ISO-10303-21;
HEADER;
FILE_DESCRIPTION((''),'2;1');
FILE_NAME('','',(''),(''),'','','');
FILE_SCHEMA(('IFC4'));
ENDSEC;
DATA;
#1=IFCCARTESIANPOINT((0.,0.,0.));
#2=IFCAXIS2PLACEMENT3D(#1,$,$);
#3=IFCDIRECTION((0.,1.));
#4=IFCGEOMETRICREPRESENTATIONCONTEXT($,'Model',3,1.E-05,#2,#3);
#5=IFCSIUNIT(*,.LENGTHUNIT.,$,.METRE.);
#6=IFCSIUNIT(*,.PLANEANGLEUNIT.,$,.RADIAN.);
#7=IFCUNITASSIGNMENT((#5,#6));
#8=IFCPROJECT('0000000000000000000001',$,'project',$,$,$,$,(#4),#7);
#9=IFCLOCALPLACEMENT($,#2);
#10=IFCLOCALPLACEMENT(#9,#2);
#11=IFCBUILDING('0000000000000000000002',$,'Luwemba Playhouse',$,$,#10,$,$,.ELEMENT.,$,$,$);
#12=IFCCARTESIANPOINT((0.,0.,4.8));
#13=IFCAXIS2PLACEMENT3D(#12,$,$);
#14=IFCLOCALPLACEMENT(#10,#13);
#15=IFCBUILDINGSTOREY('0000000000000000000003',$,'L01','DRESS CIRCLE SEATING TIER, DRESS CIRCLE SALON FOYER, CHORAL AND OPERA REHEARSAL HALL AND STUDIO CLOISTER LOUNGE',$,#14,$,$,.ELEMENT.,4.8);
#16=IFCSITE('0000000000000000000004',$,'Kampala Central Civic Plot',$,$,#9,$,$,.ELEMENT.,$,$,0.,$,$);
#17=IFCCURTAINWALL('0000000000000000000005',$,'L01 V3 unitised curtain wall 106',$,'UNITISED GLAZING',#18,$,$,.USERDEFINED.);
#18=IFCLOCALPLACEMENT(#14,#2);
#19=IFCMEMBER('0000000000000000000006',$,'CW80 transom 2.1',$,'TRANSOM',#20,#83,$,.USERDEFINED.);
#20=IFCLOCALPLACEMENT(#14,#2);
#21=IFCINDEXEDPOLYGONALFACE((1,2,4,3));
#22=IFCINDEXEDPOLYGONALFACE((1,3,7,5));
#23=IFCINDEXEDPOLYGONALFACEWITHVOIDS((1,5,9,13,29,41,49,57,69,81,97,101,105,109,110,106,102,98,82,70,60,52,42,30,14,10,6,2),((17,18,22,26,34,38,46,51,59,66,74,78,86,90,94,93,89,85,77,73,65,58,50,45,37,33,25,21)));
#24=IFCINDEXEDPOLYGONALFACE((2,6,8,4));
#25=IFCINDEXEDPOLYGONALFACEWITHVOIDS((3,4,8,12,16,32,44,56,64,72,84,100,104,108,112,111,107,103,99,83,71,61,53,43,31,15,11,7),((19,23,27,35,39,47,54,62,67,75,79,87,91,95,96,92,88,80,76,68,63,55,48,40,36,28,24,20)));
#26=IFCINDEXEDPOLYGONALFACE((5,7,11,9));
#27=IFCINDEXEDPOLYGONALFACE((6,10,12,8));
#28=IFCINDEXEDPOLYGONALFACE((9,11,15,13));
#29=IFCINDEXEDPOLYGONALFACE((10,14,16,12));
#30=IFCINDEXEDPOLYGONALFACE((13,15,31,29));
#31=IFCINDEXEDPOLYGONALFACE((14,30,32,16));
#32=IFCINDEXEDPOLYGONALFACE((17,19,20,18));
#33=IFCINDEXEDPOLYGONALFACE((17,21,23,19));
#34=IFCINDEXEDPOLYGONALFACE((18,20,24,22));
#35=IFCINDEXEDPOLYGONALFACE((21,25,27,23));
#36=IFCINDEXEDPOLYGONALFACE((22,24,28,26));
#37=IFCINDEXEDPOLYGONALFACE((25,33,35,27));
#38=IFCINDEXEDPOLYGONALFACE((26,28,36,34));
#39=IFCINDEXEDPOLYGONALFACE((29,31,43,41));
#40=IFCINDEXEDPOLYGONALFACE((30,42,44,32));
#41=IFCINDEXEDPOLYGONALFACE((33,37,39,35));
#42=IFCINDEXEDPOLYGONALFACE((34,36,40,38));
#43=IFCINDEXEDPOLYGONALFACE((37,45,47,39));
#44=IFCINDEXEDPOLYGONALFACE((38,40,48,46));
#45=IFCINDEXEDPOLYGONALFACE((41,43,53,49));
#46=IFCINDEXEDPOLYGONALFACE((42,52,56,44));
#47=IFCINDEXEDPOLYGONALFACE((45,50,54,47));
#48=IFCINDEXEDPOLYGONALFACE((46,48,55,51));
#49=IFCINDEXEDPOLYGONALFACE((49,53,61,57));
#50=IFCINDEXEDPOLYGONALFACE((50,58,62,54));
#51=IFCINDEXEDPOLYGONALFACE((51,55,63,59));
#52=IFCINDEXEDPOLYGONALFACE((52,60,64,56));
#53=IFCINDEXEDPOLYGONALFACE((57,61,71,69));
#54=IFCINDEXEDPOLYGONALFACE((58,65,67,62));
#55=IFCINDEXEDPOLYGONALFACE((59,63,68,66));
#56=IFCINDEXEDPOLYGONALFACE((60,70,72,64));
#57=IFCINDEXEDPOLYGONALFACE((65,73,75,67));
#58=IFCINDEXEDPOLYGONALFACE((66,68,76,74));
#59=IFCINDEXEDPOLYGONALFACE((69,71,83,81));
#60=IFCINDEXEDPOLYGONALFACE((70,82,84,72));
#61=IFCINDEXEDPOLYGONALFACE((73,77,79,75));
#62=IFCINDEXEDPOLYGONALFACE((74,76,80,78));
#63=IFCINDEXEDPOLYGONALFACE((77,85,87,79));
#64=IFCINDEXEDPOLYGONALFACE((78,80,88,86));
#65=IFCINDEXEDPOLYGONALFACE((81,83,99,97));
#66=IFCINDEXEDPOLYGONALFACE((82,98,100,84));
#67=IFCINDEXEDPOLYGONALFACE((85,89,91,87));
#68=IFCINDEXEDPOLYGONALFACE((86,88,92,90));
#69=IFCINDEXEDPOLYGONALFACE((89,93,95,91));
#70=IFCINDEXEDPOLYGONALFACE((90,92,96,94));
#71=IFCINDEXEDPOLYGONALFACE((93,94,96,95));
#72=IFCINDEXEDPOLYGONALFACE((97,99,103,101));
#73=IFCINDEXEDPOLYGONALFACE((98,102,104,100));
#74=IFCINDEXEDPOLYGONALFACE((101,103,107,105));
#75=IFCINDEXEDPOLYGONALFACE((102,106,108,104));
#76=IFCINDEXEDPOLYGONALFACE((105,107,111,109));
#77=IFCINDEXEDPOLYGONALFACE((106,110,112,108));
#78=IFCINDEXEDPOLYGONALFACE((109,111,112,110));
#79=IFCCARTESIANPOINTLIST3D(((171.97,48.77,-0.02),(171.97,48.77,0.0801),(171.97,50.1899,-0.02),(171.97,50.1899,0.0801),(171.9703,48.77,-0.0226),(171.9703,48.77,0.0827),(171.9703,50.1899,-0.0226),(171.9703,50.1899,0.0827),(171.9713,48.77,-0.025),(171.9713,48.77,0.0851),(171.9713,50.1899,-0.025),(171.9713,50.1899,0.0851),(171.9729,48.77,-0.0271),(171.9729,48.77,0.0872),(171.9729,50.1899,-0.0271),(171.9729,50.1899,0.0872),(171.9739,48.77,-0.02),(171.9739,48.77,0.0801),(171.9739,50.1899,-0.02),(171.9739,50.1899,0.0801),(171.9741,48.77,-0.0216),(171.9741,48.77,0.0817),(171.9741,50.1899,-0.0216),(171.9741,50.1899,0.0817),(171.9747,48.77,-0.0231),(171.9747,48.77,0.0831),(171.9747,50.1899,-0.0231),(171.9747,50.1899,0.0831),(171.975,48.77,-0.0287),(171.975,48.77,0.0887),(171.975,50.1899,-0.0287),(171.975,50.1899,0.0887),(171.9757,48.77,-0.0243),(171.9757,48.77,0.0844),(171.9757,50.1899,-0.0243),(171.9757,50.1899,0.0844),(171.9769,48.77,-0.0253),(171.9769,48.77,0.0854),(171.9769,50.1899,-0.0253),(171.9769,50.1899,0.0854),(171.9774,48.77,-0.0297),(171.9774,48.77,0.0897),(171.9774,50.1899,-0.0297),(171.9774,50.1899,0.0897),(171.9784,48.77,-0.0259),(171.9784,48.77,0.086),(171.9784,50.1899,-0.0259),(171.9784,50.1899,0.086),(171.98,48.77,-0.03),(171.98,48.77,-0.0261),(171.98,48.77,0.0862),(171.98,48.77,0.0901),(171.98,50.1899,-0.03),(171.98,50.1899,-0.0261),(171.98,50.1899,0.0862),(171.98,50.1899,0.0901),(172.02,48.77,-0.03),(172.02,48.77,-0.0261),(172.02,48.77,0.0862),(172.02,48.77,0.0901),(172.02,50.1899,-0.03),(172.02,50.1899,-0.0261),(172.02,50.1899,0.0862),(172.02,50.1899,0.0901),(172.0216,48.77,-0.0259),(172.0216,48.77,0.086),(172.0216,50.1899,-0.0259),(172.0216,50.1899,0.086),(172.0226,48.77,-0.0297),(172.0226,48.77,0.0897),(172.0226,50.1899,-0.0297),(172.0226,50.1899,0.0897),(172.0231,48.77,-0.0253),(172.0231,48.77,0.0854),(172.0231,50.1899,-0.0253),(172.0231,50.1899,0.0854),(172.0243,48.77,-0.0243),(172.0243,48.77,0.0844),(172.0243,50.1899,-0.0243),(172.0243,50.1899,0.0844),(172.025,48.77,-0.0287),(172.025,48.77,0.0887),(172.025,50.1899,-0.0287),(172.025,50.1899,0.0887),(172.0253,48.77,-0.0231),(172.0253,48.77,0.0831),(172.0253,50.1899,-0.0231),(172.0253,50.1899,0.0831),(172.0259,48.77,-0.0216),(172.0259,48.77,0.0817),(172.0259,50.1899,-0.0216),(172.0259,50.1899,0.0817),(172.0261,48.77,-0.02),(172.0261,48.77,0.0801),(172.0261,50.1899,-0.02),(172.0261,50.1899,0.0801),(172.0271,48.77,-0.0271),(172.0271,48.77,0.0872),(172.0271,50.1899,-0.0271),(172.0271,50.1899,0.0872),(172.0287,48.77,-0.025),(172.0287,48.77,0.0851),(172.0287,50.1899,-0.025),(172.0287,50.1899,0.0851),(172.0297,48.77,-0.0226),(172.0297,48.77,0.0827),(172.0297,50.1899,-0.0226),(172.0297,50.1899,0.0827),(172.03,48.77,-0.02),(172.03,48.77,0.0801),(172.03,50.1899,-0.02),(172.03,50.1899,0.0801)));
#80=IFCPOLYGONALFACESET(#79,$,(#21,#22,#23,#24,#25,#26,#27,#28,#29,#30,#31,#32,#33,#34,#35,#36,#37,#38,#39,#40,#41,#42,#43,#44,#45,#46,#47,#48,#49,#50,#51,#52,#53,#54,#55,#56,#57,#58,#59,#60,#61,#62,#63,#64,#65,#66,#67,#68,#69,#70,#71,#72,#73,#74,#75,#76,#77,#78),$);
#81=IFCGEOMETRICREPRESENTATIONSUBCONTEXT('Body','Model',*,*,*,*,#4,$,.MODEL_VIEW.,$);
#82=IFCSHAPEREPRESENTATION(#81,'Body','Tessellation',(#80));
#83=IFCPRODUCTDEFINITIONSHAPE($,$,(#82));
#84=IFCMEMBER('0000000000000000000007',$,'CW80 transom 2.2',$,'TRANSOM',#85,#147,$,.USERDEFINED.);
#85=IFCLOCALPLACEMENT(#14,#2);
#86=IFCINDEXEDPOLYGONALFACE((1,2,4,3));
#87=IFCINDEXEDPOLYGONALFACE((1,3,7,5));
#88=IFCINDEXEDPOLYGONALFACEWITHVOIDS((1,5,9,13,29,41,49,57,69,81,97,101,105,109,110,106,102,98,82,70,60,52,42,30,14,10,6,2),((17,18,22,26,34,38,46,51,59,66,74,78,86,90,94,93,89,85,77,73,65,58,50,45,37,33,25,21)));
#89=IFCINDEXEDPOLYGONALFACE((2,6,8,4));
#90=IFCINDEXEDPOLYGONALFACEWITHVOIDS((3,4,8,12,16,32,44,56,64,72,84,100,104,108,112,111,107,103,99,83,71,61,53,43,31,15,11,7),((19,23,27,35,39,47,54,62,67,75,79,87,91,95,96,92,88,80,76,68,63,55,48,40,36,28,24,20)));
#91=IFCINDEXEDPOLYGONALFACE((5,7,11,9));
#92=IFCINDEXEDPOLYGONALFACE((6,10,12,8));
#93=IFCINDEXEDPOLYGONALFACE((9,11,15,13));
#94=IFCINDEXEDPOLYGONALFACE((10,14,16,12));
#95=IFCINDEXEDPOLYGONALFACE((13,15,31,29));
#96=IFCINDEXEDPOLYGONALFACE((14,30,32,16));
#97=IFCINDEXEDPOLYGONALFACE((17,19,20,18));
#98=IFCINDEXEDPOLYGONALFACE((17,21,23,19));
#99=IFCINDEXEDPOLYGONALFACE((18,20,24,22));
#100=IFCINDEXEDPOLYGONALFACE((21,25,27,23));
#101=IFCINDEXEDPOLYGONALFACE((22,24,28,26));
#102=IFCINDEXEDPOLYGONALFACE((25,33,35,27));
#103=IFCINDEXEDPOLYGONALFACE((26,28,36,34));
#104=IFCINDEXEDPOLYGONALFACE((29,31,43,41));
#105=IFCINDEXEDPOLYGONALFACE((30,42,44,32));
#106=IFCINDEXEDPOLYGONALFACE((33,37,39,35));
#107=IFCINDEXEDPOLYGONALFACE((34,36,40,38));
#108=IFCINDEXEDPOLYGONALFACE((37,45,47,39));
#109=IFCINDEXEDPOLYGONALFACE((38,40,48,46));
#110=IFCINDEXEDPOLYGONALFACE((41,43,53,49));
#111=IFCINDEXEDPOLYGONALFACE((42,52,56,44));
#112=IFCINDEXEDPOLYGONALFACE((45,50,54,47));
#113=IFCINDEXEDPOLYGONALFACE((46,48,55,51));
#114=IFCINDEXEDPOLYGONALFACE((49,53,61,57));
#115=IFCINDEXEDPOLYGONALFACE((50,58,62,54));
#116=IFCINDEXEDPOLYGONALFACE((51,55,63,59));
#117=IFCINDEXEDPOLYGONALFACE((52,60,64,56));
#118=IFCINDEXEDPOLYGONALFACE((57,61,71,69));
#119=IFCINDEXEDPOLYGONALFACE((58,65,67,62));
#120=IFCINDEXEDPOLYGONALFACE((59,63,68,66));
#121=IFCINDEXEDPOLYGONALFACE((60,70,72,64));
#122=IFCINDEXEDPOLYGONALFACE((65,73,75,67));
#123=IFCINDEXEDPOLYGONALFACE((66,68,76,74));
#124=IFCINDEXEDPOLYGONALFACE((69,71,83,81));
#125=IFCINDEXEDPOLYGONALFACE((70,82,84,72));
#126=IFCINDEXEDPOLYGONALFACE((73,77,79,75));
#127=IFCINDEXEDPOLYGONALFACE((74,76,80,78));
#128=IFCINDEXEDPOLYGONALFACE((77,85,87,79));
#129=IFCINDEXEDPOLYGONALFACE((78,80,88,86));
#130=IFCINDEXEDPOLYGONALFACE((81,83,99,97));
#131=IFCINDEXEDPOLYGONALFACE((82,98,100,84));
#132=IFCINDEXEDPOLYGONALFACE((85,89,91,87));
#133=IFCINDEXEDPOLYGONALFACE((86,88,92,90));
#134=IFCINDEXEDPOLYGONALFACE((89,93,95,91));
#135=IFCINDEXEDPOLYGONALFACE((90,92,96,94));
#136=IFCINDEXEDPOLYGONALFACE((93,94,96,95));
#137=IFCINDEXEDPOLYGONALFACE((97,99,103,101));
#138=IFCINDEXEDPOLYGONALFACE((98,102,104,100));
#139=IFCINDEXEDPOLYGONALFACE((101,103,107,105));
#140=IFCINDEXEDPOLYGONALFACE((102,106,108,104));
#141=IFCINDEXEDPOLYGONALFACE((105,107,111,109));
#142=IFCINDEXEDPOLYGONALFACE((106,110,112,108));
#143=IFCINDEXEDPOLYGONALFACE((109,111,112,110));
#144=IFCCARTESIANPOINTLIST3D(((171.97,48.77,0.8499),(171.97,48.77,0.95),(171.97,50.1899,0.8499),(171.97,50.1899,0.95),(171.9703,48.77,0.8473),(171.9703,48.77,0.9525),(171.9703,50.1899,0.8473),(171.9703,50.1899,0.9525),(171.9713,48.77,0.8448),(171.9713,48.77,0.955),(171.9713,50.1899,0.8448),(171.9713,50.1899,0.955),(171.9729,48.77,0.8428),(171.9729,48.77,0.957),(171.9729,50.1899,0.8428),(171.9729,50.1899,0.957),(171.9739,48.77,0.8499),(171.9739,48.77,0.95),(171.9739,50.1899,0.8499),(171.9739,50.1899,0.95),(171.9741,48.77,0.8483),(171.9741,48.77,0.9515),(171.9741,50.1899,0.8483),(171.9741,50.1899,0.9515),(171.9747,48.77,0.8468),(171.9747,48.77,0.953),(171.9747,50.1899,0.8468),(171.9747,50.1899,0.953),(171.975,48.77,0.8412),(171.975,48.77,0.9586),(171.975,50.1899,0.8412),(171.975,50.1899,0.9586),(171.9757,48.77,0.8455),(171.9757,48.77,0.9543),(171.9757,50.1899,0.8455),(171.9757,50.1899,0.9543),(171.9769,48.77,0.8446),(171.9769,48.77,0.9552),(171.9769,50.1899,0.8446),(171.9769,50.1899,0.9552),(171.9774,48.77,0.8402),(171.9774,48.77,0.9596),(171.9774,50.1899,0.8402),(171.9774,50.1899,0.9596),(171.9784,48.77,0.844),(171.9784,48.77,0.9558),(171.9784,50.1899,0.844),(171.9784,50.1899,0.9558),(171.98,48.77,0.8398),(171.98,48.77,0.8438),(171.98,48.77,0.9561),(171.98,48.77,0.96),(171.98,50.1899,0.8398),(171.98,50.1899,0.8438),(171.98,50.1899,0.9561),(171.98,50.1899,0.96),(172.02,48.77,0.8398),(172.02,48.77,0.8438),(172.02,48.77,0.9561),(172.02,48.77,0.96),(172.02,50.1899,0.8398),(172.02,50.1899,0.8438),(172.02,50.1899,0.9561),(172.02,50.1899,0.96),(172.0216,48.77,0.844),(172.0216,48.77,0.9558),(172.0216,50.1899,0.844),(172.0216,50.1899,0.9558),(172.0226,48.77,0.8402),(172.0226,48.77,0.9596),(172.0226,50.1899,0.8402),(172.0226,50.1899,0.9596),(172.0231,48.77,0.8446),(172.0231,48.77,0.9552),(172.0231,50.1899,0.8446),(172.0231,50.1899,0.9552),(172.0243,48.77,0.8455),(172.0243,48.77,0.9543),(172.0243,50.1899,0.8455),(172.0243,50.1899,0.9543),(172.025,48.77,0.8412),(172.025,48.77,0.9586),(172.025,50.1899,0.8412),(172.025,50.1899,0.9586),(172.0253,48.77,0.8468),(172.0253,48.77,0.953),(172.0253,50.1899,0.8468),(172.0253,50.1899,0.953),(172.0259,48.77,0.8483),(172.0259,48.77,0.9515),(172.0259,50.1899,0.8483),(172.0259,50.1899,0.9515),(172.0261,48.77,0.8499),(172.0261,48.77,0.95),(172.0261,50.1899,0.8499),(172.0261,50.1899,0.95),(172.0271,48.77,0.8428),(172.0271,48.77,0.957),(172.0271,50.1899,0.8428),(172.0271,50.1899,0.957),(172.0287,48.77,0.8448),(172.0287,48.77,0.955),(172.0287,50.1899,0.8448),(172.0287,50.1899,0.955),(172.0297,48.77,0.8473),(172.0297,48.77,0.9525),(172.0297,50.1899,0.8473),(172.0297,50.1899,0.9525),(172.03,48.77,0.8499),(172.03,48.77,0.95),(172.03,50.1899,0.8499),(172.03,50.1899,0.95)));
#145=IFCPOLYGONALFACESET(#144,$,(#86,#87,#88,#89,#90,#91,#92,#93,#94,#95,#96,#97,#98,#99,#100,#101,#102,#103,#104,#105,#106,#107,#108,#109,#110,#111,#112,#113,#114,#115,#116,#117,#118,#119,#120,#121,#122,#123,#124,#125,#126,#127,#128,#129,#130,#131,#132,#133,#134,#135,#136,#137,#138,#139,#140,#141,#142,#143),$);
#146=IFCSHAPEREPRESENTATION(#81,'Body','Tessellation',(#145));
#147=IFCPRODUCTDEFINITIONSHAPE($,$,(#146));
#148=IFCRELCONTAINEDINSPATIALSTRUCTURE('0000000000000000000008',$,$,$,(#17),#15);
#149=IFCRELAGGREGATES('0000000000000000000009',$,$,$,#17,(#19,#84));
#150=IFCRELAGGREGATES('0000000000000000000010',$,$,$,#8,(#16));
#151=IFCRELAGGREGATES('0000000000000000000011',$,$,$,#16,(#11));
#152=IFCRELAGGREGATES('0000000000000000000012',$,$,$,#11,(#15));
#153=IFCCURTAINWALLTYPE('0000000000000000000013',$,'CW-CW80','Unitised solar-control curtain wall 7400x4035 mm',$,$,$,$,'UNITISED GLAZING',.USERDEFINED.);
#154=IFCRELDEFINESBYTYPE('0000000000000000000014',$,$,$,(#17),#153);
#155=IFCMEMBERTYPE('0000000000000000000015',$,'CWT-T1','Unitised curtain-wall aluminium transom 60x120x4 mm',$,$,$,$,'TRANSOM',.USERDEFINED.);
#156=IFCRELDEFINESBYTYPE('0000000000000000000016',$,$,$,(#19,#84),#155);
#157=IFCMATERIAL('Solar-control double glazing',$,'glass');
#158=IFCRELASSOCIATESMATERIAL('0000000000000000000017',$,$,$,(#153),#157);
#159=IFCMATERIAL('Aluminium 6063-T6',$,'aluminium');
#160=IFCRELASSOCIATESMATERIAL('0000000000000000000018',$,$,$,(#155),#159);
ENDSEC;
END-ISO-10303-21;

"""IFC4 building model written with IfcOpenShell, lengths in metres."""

from ifc_helpers import new_model, si_unit, direction, frame, origin, origin_2d, place, context, subcontext, project, spatial, hollow_rectangle, extrude, material, material_profile, profile_set, type_object, element, aggregate, save


model = new_model("IFC4")

# Units and contexts
model_context = context("Model", 3, precision=1e-05, world=origin(), true_north=direction((0.0, 1.0)))
body_context = subcontext(model_context, "Body", "Model", "MODEL_VIEW")
ifc_project = project(units=[si_unit("LENGTHUNIT", "METRE"), si_unit("PLANEANGLEUNIT", "RADIAN")], contexts=[model_context])

# Site, building, storey
site_placement = place(None, origin())
site = spatial("IfcSite", under=ifc_project, at=site_placement, Name="Kampala Central Civic Plot", CompositionType="ELEMENT", RefElevation=0.0)
building_placement = place(site_placement, origin())
building = spatial("IfcBuilding", under=site, at=building_placement, Name="Luwemba Playhouse", CompositionType="ELEMENT")
storey_placement = place(building_placement, frame((0.0, 0.0, 4.8)))
storey = spatial("IfcBuildingStorey", under=building, at=storey_placement, Name="L01", Description="DRESS CIRCLE SEATING TIER, DRESS CIRCLE SALON FOYER, CHORAL AND OPERA REHEARSAL HALL AND STUDIO CLOISTER LOUNGE", CompositionType="ELEMENT", Elevation=4.8)

# Curtain wall, members
ifc_material_1 = material(Name="Solar-control double glazing", Category="glass")
curtain_wall_type = type_object("IfcCurtainWallType", Name="CW-CW80", Description="Unitised solar-control curtain wall 7400x4035 mm", ElementType="UNITISED GLAZING", PredefinedType="USERDEFINED", material=ifc_material_1)
curtain_wall_placement = place(storey_placement, origin())
curtain_wall = element("IfcCurtainWall", 1, at=curtain_wall_placement, inside=storey, type_object=curtain_wall_type, Name="L01 V3 unitised curtain wall 106", ObjectType="UNITISED GLAZING", PredefinedType="USERDEFINED")
ifc_material_2 = material(Name="Aluminium 6063-T6", Category="aluminium")
ifc_material_profile_1 = material_profile(ifc_material_2, hollow_rectangle(XDim=0.0601, YDim=0.1201, WallThickness=0.0039, InnerFilletRadius=0.0061, OuterFilletRadius=0.01, at=origin_2d()))
ifc_profile_set_1 = profile_set([ifc_material_profile_1], Name="Aluminium 6063-T6")
member_type_1 = type_object("IfcMemberType", Name="CWT-T1", Description="Unitised curtain-wall aluminium transom 60x120x4 mm", ElementType="TRANSOM", PredefinedType="USERDEFINED", material=ifc_profile_set_1)
member_1_placement = place(storey_placement, frame((172.0, 50.1899, 0.03), z_axis=(0.0, -1.0, 0.0), x_axis=(1.0, 0.0, 0.0)))
member_1 = element("IfcMember", 2, at=member_1_placement, type_object=member_type_1, Name="CW80 transom 2.1", ObjectType="TRANSOM", PredefinedType="USERDEFINED", context=body_context, shape_type="SweptSolid", body=[
    extrude(hollow_rectangle(XDim=0.0601, YDim=0.1201, WallThickness=0.0039, InnerFilletRadius=0.0061, OuterFilletRadius=0.01, at=origin_2d()), origin(), (0.0, 0.0, 1.0), 1.4199),
])
member_2_placement = place(storey_placement, frame((172.0, 50.1899, 0.8999), z_axis=(0.0, -1.0, 0.0), x_axis=(1.0, 0.0, 0.0)))
member_2 = element("IfcMember", 3, at=member_2_placement, type_object=member_type_1, Name="CW80 transom 2.2", ObjectType="TRANSOM", PredefinedType="USERDEFINED", context=body_context, shape_type="SweptSolid", body=[
    extrude(hollow_rectangle(XDim=0.0601, YDim=0.1201, WallThickness=0.0039, InnerFilletRadius=0.0061, OuterFilletRadius=0.01, at=origin_2d()), origin(), (0.0, 0.0, 1.0), 1.4199),
])
aggregate(curtain_wall, [member_1, member_2])

save(model, "model.ifc")
